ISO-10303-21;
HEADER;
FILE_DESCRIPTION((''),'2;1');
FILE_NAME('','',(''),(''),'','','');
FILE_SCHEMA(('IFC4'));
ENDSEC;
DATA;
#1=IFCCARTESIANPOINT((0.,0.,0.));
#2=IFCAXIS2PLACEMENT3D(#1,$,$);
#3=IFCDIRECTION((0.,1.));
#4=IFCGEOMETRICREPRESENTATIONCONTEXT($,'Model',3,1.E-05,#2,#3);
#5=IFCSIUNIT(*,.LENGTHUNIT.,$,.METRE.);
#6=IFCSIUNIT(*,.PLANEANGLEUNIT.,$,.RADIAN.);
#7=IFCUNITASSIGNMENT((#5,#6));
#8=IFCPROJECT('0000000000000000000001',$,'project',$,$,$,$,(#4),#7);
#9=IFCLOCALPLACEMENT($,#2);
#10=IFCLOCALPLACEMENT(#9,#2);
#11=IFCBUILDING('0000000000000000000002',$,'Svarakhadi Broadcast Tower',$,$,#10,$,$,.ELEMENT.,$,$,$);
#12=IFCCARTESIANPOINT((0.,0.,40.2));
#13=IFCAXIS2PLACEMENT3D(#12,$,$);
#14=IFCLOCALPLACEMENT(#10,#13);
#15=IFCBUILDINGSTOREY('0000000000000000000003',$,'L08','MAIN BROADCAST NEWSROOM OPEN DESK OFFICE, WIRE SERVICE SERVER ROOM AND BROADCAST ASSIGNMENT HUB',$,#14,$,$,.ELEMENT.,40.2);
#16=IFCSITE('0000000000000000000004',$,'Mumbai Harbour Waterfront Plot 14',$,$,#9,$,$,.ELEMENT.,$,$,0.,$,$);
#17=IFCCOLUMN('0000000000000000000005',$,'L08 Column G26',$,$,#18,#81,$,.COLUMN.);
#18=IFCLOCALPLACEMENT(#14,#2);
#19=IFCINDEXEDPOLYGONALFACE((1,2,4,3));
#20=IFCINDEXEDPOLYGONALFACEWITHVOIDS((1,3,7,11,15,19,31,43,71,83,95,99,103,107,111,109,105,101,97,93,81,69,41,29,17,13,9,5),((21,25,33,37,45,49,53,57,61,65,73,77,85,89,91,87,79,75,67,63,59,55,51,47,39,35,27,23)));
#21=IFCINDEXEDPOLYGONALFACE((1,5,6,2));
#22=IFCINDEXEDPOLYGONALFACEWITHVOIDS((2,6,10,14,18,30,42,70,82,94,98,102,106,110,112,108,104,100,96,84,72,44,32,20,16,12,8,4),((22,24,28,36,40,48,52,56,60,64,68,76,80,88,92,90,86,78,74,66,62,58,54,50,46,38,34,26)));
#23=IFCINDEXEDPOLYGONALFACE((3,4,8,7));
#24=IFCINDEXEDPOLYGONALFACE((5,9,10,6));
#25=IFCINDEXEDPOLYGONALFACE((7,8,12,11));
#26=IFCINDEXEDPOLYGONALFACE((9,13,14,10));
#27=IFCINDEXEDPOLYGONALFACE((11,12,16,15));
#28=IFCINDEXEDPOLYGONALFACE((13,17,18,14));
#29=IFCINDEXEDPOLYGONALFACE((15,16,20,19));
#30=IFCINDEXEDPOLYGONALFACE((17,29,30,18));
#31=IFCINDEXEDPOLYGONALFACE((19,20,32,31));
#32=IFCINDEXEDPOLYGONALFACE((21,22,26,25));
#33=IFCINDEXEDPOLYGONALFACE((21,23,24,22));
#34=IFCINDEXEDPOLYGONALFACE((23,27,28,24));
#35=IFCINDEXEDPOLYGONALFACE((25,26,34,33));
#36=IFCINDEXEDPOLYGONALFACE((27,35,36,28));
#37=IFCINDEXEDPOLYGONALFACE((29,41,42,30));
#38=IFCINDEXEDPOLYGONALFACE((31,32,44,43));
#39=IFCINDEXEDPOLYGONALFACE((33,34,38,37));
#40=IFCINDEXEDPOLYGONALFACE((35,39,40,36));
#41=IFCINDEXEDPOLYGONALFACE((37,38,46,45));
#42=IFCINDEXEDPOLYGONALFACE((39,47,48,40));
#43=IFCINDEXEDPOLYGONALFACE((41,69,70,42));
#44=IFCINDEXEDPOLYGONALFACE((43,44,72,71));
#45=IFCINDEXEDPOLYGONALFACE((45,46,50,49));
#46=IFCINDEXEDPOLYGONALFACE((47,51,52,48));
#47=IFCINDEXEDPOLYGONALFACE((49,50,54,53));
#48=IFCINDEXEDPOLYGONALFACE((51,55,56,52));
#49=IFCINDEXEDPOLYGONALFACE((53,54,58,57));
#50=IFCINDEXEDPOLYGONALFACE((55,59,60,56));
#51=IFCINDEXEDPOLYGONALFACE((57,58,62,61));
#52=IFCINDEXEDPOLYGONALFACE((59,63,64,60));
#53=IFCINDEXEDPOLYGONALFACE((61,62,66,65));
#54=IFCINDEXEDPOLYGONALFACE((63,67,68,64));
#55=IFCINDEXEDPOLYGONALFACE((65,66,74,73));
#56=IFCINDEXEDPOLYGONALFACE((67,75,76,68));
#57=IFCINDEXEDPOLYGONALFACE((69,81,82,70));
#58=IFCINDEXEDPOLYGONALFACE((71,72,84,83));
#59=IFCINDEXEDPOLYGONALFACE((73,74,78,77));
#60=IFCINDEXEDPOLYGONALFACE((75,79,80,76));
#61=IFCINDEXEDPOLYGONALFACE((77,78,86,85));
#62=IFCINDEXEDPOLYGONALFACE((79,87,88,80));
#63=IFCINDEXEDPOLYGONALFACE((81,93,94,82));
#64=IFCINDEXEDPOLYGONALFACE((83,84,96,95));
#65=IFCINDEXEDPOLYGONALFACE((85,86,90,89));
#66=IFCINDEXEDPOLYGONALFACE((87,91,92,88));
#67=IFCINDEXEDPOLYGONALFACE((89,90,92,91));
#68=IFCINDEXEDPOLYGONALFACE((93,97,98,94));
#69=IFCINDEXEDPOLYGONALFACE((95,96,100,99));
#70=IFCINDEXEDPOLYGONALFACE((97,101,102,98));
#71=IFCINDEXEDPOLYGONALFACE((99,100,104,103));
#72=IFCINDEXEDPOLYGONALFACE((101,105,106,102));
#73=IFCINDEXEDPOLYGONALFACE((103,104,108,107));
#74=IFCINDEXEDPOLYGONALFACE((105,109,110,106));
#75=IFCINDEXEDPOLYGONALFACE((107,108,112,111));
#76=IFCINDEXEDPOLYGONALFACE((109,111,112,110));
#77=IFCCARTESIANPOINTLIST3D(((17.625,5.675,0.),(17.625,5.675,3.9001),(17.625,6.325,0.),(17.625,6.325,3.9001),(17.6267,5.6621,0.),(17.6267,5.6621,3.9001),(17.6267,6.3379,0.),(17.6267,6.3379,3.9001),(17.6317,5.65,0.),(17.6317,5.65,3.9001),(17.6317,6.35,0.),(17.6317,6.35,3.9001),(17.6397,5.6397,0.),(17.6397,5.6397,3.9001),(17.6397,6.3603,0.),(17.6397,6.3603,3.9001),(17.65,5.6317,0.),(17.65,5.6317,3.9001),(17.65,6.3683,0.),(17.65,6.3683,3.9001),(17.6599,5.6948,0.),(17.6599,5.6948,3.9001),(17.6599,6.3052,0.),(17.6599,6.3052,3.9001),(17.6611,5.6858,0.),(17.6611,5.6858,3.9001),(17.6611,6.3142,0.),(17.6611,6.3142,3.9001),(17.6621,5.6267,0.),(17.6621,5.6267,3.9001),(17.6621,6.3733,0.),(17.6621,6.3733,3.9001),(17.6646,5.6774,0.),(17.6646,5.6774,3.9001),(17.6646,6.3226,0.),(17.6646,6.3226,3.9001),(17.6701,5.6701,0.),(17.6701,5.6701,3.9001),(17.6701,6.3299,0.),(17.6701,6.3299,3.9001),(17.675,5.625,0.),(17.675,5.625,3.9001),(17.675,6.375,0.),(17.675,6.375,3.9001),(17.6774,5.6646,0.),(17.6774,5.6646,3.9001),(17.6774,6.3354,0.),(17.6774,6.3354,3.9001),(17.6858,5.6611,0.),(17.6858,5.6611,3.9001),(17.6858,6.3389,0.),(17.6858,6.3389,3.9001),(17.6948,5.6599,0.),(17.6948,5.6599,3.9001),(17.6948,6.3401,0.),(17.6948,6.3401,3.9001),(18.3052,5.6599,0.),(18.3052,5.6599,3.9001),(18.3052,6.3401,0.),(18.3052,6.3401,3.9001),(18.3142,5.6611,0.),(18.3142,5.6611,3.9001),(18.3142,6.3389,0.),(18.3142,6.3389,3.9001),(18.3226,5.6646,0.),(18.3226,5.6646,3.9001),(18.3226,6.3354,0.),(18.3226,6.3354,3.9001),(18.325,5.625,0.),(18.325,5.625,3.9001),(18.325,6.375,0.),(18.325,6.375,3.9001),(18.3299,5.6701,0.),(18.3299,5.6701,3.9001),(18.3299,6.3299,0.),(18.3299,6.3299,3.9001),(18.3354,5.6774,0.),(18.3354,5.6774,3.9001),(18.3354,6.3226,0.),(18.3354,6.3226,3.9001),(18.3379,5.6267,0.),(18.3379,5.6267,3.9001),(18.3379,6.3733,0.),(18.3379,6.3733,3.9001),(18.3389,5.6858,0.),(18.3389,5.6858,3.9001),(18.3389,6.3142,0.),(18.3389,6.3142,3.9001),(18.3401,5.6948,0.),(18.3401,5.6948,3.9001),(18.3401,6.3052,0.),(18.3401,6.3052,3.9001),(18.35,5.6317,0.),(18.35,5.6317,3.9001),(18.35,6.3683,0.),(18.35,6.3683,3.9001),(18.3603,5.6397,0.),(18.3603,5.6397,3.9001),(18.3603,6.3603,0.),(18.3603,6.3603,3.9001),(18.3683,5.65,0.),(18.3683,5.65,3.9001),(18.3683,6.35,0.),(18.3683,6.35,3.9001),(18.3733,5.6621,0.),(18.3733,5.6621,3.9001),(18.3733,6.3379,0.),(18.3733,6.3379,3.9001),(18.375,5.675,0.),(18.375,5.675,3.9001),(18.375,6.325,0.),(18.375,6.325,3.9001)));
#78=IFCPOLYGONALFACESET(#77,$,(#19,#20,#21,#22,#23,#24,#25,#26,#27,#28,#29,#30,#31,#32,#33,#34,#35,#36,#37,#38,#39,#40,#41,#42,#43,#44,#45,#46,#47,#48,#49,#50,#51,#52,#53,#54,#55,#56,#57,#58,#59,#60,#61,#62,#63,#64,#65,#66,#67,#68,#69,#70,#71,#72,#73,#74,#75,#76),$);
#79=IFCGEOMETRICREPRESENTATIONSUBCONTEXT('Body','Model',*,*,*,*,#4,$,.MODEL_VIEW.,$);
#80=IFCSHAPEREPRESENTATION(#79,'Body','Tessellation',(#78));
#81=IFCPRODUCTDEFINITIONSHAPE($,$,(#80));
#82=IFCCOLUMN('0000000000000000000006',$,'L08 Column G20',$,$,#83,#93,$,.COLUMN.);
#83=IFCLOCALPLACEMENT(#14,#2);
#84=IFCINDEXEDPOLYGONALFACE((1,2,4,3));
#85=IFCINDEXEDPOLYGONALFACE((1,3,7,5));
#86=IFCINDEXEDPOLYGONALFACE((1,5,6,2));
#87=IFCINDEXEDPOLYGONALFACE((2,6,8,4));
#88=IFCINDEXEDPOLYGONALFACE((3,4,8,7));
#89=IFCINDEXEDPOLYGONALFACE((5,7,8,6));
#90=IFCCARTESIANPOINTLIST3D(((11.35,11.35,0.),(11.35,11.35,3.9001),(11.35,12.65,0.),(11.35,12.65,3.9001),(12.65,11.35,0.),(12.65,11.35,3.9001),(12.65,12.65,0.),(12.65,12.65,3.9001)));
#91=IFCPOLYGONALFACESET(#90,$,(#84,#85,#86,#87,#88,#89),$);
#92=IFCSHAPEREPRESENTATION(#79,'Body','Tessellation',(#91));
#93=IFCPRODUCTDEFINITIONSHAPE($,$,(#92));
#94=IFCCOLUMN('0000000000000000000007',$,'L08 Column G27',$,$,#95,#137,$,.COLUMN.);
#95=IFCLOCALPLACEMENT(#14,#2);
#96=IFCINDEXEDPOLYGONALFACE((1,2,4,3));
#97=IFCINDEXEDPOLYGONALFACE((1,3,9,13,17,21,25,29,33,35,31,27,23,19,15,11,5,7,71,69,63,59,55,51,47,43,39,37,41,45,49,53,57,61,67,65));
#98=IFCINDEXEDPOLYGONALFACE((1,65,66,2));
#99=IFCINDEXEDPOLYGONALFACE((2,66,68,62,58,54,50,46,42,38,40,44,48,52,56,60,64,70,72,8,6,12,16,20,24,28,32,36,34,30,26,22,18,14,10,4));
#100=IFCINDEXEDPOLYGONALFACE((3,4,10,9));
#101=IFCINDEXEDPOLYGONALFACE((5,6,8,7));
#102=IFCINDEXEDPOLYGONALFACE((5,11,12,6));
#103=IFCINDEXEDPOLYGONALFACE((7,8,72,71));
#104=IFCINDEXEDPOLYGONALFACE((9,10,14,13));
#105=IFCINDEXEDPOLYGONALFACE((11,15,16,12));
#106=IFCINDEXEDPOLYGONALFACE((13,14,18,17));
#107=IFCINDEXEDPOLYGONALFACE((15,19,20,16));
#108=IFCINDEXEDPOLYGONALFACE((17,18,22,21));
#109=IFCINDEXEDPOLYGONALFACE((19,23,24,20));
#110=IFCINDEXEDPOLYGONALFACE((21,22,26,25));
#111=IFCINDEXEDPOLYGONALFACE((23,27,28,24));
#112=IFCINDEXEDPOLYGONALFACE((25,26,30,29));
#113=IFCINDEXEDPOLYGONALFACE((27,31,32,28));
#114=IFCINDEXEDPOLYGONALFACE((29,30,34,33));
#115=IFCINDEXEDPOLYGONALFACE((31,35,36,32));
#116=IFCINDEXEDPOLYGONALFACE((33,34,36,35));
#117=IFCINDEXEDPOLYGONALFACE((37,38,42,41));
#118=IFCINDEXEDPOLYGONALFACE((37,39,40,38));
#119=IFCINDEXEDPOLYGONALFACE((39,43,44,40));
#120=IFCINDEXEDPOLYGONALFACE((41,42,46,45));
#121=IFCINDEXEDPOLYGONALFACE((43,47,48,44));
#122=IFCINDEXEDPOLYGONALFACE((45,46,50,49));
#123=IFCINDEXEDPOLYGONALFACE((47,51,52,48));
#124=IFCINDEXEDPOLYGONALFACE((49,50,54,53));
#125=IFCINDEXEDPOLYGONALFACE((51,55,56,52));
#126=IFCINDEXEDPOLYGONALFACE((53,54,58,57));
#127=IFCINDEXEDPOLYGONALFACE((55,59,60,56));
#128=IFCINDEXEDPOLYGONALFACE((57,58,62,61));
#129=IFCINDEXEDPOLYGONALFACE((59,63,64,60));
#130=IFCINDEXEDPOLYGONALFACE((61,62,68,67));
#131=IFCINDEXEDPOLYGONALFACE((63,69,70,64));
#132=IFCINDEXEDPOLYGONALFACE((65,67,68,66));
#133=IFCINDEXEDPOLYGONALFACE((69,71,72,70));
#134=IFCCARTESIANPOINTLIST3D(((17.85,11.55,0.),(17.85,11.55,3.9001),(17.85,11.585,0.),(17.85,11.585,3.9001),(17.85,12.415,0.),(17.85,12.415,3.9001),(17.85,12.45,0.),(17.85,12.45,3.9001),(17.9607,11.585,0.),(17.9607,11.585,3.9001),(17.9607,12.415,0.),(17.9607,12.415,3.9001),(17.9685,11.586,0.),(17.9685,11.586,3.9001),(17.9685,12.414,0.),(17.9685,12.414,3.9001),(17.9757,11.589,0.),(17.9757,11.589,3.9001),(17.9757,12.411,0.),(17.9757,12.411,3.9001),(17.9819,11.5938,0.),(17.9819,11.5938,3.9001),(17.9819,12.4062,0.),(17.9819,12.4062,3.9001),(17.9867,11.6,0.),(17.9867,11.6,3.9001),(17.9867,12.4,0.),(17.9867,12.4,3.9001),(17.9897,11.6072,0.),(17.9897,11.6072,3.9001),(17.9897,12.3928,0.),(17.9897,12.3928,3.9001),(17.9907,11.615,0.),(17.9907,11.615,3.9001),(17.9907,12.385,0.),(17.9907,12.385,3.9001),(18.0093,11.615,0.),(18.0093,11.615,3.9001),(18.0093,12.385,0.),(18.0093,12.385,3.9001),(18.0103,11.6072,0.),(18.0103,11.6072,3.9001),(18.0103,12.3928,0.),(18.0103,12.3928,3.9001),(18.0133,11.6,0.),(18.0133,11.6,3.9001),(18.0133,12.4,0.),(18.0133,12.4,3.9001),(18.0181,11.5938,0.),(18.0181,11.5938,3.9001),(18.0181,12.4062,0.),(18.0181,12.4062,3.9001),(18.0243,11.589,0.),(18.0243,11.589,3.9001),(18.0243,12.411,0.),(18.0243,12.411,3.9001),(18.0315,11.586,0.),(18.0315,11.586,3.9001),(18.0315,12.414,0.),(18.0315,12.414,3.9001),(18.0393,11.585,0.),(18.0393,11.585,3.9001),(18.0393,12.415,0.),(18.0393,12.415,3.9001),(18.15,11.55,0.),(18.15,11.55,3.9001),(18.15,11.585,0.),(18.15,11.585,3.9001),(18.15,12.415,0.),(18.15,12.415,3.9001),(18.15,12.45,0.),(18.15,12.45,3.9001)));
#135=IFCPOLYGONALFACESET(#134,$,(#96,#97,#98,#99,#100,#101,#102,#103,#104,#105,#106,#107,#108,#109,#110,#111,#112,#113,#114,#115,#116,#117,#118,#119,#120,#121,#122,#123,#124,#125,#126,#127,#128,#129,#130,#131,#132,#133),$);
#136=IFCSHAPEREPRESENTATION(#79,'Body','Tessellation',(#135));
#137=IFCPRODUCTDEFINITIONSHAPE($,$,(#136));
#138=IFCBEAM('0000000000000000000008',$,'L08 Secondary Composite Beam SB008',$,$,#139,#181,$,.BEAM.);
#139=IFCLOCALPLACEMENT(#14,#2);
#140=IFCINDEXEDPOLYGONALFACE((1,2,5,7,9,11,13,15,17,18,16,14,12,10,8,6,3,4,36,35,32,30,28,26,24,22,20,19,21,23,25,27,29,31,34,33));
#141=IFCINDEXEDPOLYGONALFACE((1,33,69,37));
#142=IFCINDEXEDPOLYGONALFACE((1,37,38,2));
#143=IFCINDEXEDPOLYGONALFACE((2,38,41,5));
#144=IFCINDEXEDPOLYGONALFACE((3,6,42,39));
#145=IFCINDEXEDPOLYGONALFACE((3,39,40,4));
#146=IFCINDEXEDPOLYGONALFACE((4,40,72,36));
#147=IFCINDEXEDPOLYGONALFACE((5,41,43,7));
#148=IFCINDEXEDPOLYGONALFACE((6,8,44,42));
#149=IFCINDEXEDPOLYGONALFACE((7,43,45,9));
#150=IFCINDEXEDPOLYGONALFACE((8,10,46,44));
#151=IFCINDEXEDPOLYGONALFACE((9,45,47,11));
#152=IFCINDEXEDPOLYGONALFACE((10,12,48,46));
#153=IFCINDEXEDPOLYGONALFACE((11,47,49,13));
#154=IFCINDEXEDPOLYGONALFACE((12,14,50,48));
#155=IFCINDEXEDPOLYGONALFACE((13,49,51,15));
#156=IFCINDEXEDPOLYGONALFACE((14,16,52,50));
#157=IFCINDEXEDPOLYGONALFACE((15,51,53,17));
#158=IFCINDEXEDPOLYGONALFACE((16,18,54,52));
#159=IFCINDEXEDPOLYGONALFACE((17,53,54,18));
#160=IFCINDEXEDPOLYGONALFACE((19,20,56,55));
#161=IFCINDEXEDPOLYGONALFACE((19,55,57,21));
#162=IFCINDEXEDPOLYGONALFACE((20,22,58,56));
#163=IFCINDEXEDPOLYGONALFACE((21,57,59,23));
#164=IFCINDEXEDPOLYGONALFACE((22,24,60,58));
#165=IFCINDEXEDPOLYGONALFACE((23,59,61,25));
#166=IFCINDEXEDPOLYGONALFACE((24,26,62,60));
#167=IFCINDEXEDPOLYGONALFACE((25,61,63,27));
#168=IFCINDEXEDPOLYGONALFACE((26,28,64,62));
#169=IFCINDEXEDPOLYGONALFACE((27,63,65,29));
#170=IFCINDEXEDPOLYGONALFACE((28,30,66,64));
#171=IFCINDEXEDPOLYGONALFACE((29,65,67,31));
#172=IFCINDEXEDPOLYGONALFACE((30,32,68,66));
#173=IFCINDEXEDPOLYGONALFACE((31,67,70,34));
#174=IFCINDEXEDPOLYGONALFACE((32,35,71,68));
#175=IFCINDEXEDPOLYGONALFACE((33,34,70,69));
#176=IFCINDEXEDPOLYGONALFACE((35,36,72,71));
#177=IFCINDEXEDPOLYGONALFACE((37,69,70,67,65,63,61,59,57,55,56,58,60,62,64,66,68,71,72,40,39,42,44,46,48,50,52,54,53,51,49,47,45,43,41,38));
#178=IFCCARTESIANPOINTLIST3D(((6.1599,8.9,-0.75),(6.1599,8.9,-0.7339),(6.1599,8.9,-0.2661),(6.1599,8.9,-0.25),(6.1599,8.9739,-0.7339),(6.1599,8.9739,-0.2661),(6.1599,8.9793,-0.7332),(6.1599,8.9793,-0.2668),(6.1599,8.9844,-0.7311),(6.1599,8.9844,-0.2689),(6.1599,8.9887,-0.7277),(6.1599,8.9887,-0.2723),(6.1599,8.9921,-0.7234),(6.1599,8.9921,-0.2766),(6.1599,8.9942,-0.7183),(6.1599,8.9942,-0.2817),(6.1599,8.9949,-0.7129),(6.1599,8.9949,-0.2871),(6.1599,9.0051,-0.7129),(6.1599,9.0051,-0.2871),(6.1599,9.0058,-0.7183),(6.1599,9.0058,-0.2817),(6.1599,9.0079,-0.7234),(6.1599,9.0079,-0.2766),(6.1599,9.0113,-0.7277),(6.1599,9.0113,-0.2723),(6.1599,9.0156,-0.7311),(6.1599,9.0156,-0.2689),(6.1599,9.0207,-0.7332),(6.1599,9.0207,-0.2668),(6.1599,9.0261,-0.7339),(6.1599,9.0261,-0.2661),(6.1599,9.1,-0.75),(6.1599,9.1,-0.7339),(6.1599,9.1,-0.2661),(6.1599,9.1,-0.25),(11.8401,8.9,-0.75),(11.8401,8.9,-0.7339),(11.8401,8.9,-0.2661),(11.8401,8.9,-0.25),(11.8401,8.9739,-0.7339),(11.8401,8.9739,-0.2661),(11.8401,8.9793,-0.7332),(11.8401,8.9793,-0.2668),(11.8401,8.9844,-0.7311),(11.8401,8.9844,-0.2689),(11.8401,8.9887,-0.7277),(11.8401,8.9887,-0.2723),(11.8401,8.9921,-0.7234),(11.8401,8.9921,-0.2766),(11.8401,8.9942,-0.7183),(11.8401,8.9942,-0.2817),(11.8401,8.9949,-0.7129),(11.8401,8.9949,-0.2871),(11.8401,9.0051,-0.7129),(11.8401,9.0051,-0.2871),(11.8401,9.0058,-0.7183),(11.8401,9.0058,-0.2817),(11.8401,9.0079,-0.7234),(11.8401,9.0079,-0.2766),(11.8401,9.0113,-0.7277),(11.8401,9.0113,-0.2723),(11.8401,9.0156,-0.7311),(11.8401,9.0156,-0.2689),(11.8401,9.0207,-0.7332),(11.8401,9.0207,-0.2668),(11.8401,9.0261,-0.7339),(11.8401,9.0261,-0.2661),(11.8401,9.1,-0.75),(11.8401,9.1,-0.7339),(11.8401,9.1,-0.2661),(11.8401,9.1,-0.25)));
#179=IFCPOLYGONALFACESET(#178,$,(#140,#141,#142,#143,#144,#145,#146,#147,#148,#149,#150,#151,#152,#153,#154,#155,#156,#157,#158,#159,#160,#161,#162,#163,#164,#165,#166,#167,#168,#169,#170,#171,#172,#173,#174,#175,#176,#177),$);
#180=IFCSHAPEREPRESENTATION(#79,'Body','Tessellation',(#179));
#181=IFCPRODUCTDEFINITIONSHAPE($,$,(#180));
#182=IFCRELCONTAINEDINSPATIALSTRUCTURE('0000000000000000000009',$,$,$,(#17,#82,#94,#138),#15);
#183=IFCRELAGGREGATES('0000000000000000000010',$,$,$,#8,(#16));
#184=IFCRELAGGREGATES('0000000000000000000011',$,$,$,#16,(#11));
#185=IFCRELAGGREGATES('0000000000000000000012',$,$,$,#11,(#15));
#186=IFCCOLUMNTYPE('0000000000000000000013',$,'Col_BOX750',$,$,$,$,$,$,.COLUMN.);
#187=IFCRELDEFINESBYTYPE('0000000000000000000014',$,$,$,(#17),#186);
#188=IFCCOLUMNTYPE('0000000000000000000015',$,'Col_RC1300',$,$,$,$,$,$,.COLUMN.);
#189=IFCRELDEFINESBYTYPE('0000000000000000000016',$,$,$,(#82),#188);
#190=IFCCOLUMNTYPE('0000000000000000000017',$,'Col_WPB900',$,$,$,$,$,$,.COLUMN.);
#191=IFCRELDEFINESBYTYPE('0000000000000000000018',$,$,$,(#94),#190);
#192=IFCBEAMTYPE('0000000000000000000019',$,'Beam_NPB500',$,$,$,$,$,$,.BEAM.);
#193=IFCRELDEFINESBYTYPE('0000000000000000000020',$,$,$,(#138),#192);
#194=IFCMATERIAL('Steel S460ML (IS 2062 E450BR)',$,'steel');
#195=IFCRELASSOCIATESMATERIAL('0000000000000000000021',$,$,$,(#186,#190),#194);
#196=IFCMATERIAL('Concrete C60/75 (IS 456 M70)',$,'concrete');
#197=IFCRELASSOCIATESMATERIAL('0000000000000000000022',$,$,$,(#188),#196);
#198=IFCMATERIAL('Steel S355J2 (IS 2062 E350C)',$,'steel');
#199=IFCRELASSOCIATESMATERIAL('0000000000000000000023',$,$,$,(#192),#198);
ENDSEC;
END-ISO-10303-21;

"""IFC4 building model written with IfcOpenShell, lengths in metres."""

from ifc_helpers import new_model, si_unit, direction, frame, origin, origin_2d, place, context, subcontext, project, spatial, rectangle, hollow_rectangle, i_section, extrude, material, material_profile, profile_set, type_object, element, save


model = new_model("IFC4")

# Units and contexts
model_context = context("Model", 3, precision=1e-05, world=origin(), true_north=direction((0.0, 1.0)))
body_context = subcontext(model_context, "Body", "Model", "MODEL_VIEW")
ifc_project = project(units=[si_unit("LENGTHUNIT", "METRE"), si_unit("PLANEANGLEUNIT", "RADIAN")], contexts=[model_context])

# Site, building, storey
site_placement = place(None, origin())
site = spatial("IfcSite", under=ifc_project, at=site_placement, Name="Mumbai Harbour Waterfront Plot 14", CompositionType="ELEMENT", RefElevation=0.0)
building_placement = place(site_placement, origin())
building = spatial("IfcBuilding", under=site, at=building_placement, Name="Svarakhadi Broadcast Tower", CompositionType="ELEMENT")
storey_placement = place(building_placement, frame((0.0, 0.0, 40.2)))
storey = spatial("IfcBuildingStorey", under=building, at=storey_placement, Name="L08", Description="MAIN BROADCAST NEWSROOM OPEN DESK OFFICE, WIRE SERVICE SERVER ROOM AND BROADCAST ASSIGNMENT HUB", CompositionType="ELEMENT", Elevation=40.2)

# Columns
ifc_material_1 = material(Name="Steel S460ML (IS 2062 E450BR)", Category="steel")
ifc_material_profile_1 = material_profile(ifc_material_1, hollow_rectangle(XDim=0.75, YDim=0.75, WallThickness=0.0349, InnerFilletRadius=0.0349, OuterFilletRadius=0.05, at=origin_2d()), Name="BOX 750x750x35")
ifc_profile_set_1 = profile_set([ifc_material_profile_1], Name="Steel S460ML (IS 2062 E450BR)")
column_type_1 = type_object("IfcColumnType", Name="Col_BOX750", PredefinedType="COLUMN", material=ifc_profile_set_1)
column_1_placement = place(storey_placement, frame((18.0, 6.0, 0.0), z_axis=(0.0, 0.0, 1.0), x_axis=(1.0, 0.0, 0.0)))
element("IfcColumn", 1, at=column_1_placement, inside=storey, type_object=column_type_1, Name="L08 Column G26", PredefinedType="COLUMN", context=body_context, shape_type="SweptSolid", body=[
    extrude(hollow_rectangle(XDim=0.75, YDim=0.75, WallThickness=0.0349, InnerFilletRadius=0.0349, OuterFilletRadius=0.05, at=origin_2d()), origin(), (0.0, 0.0, 1.0), 3.9001),
])
ifc_material_2 = material(Name="Concrete C60/75 (IS 456 M70)", Category="concrete")
ifc_material_profile_2 = material_profile(ifc_material_2, rectangle(XDim=1.3, YDim=1.3, at=origin_2d()), Name="RC 1300x1300")
ifc_profile_set_2 = profile_set([ifc_material_profile_2], Name="Concrete C60/75 (IS 456 M70)")
column_type_2 = type_object("IfcColumnType", Name="Col_RC1300", PredefinedType="COLUMN", material=ifc_profile_set_2)
column_2_placement = place(storey_placement, frame((12.0, 12.0, 0.0), z_axis=(0.0, 0.0, 1.0), x_axis=(1.0, 0.0, 0.0)))
element("IfcColumn", 2, at=column_2_placement, inside=storey, type_object=column_type_2, Name="L08 Column G20", PredefinedType="COLUMN", context=body_context, shape_type="SweptSolid", body=[
    extrude(rectangle(XDim=1.3, YDim=1.3, at=origin_2d()), origin(), (0.0, 0.0, 1.0), 3.9001),
])
ifc_material_profile_3 = material_profile(ifc_material_1, i_section(OverallWidth=0.3, OverallDepth=0.8999, WebThickness=0.0186, FlangeThickness=0.0349, FilletRadius=0.03, at=origin_2d()), Name="WPB 900x300x291")
ifc_profile_set_3 = profile_set([ifc_material_profile_3], Name="Steel S460ML (IS 2062 E450BR)")
column_type_3 = type_object("IfcColumnType", Name="Col_WPB900", PredefinedType="COLUMN", material=ifc_profile_set_3)
column_3_placement = place(storey_placement, frame((18.0, 12.0, 0.0), z_axis=(0.0, 0.0, 1.0), x_axis=(1.0, 0.0, 0.0)))
element("IfcColumn", 3, at=column_3_placement, inside=storey, type_object=column_type_3, Name="L08 Column G27", PredefinedType="COLUMN", context=body_context, shape_type="SweptSolid", body=[
    extrude(i_section(OverallWidth=0.3, OverallDepth=0.8999, WebThickness=0.0186, FlangeThickness=0.0349, FilletRadius=0.03, at=origin_2d()), origin(), (0.0, 0.0, 1.0), 3.9001),
])

# Beam
ifc_material_3 = material(Name="Steel S355J2 (IS 2062 E350C)", Category="steel")
ifc_material_profile_4 = material_profile(ifc_material_3, i_section(OverallWidth=0.2, OverallDepth=0.5, WebThickness=0.0103, FlangeThickness=0.0161, FilletRadius=0.021, at=origin_2d()), Name="NPB 500x200x91")
ifc_profile_set_4 = profile_set([ifc_material_profile_4], Name="Steel S355J2 (IS 2062 E350C)")
beam_type_1 = type_object("IfcBeamType", Name="Beam_NPB500", PredefinedType="BEAM", material=ifc_profile_set_4)
for number, where, z_axis, x_axis, name in (
    (4, (6.1599, 9.0, -0.5), (1.0, 0.0, 0.0), (0.0, 1.0, 0.0), "L08 Secondary Composite Beam SB008"),
):
    element("IfcBeam", number, at=place(storey_placement, frame(where, z_axis=z_axis, x_axis=x_axis)), inside=storey, type_object=beam_type_1, Name=name, PredefinedType="BEAM", context=body_context, shape_type="SweptSolid", body=[
        extrude(i_section(OverallWidth=0.2, OverallDepth=0.5, WebThickness=0.0103, FlangeThickness=0.0161, FilletRadius=0.021, at=origin_2d()), origin(), (0.0, 0.0, 1.0), 5.6802),
    ])

save(model, "model.ifc")
